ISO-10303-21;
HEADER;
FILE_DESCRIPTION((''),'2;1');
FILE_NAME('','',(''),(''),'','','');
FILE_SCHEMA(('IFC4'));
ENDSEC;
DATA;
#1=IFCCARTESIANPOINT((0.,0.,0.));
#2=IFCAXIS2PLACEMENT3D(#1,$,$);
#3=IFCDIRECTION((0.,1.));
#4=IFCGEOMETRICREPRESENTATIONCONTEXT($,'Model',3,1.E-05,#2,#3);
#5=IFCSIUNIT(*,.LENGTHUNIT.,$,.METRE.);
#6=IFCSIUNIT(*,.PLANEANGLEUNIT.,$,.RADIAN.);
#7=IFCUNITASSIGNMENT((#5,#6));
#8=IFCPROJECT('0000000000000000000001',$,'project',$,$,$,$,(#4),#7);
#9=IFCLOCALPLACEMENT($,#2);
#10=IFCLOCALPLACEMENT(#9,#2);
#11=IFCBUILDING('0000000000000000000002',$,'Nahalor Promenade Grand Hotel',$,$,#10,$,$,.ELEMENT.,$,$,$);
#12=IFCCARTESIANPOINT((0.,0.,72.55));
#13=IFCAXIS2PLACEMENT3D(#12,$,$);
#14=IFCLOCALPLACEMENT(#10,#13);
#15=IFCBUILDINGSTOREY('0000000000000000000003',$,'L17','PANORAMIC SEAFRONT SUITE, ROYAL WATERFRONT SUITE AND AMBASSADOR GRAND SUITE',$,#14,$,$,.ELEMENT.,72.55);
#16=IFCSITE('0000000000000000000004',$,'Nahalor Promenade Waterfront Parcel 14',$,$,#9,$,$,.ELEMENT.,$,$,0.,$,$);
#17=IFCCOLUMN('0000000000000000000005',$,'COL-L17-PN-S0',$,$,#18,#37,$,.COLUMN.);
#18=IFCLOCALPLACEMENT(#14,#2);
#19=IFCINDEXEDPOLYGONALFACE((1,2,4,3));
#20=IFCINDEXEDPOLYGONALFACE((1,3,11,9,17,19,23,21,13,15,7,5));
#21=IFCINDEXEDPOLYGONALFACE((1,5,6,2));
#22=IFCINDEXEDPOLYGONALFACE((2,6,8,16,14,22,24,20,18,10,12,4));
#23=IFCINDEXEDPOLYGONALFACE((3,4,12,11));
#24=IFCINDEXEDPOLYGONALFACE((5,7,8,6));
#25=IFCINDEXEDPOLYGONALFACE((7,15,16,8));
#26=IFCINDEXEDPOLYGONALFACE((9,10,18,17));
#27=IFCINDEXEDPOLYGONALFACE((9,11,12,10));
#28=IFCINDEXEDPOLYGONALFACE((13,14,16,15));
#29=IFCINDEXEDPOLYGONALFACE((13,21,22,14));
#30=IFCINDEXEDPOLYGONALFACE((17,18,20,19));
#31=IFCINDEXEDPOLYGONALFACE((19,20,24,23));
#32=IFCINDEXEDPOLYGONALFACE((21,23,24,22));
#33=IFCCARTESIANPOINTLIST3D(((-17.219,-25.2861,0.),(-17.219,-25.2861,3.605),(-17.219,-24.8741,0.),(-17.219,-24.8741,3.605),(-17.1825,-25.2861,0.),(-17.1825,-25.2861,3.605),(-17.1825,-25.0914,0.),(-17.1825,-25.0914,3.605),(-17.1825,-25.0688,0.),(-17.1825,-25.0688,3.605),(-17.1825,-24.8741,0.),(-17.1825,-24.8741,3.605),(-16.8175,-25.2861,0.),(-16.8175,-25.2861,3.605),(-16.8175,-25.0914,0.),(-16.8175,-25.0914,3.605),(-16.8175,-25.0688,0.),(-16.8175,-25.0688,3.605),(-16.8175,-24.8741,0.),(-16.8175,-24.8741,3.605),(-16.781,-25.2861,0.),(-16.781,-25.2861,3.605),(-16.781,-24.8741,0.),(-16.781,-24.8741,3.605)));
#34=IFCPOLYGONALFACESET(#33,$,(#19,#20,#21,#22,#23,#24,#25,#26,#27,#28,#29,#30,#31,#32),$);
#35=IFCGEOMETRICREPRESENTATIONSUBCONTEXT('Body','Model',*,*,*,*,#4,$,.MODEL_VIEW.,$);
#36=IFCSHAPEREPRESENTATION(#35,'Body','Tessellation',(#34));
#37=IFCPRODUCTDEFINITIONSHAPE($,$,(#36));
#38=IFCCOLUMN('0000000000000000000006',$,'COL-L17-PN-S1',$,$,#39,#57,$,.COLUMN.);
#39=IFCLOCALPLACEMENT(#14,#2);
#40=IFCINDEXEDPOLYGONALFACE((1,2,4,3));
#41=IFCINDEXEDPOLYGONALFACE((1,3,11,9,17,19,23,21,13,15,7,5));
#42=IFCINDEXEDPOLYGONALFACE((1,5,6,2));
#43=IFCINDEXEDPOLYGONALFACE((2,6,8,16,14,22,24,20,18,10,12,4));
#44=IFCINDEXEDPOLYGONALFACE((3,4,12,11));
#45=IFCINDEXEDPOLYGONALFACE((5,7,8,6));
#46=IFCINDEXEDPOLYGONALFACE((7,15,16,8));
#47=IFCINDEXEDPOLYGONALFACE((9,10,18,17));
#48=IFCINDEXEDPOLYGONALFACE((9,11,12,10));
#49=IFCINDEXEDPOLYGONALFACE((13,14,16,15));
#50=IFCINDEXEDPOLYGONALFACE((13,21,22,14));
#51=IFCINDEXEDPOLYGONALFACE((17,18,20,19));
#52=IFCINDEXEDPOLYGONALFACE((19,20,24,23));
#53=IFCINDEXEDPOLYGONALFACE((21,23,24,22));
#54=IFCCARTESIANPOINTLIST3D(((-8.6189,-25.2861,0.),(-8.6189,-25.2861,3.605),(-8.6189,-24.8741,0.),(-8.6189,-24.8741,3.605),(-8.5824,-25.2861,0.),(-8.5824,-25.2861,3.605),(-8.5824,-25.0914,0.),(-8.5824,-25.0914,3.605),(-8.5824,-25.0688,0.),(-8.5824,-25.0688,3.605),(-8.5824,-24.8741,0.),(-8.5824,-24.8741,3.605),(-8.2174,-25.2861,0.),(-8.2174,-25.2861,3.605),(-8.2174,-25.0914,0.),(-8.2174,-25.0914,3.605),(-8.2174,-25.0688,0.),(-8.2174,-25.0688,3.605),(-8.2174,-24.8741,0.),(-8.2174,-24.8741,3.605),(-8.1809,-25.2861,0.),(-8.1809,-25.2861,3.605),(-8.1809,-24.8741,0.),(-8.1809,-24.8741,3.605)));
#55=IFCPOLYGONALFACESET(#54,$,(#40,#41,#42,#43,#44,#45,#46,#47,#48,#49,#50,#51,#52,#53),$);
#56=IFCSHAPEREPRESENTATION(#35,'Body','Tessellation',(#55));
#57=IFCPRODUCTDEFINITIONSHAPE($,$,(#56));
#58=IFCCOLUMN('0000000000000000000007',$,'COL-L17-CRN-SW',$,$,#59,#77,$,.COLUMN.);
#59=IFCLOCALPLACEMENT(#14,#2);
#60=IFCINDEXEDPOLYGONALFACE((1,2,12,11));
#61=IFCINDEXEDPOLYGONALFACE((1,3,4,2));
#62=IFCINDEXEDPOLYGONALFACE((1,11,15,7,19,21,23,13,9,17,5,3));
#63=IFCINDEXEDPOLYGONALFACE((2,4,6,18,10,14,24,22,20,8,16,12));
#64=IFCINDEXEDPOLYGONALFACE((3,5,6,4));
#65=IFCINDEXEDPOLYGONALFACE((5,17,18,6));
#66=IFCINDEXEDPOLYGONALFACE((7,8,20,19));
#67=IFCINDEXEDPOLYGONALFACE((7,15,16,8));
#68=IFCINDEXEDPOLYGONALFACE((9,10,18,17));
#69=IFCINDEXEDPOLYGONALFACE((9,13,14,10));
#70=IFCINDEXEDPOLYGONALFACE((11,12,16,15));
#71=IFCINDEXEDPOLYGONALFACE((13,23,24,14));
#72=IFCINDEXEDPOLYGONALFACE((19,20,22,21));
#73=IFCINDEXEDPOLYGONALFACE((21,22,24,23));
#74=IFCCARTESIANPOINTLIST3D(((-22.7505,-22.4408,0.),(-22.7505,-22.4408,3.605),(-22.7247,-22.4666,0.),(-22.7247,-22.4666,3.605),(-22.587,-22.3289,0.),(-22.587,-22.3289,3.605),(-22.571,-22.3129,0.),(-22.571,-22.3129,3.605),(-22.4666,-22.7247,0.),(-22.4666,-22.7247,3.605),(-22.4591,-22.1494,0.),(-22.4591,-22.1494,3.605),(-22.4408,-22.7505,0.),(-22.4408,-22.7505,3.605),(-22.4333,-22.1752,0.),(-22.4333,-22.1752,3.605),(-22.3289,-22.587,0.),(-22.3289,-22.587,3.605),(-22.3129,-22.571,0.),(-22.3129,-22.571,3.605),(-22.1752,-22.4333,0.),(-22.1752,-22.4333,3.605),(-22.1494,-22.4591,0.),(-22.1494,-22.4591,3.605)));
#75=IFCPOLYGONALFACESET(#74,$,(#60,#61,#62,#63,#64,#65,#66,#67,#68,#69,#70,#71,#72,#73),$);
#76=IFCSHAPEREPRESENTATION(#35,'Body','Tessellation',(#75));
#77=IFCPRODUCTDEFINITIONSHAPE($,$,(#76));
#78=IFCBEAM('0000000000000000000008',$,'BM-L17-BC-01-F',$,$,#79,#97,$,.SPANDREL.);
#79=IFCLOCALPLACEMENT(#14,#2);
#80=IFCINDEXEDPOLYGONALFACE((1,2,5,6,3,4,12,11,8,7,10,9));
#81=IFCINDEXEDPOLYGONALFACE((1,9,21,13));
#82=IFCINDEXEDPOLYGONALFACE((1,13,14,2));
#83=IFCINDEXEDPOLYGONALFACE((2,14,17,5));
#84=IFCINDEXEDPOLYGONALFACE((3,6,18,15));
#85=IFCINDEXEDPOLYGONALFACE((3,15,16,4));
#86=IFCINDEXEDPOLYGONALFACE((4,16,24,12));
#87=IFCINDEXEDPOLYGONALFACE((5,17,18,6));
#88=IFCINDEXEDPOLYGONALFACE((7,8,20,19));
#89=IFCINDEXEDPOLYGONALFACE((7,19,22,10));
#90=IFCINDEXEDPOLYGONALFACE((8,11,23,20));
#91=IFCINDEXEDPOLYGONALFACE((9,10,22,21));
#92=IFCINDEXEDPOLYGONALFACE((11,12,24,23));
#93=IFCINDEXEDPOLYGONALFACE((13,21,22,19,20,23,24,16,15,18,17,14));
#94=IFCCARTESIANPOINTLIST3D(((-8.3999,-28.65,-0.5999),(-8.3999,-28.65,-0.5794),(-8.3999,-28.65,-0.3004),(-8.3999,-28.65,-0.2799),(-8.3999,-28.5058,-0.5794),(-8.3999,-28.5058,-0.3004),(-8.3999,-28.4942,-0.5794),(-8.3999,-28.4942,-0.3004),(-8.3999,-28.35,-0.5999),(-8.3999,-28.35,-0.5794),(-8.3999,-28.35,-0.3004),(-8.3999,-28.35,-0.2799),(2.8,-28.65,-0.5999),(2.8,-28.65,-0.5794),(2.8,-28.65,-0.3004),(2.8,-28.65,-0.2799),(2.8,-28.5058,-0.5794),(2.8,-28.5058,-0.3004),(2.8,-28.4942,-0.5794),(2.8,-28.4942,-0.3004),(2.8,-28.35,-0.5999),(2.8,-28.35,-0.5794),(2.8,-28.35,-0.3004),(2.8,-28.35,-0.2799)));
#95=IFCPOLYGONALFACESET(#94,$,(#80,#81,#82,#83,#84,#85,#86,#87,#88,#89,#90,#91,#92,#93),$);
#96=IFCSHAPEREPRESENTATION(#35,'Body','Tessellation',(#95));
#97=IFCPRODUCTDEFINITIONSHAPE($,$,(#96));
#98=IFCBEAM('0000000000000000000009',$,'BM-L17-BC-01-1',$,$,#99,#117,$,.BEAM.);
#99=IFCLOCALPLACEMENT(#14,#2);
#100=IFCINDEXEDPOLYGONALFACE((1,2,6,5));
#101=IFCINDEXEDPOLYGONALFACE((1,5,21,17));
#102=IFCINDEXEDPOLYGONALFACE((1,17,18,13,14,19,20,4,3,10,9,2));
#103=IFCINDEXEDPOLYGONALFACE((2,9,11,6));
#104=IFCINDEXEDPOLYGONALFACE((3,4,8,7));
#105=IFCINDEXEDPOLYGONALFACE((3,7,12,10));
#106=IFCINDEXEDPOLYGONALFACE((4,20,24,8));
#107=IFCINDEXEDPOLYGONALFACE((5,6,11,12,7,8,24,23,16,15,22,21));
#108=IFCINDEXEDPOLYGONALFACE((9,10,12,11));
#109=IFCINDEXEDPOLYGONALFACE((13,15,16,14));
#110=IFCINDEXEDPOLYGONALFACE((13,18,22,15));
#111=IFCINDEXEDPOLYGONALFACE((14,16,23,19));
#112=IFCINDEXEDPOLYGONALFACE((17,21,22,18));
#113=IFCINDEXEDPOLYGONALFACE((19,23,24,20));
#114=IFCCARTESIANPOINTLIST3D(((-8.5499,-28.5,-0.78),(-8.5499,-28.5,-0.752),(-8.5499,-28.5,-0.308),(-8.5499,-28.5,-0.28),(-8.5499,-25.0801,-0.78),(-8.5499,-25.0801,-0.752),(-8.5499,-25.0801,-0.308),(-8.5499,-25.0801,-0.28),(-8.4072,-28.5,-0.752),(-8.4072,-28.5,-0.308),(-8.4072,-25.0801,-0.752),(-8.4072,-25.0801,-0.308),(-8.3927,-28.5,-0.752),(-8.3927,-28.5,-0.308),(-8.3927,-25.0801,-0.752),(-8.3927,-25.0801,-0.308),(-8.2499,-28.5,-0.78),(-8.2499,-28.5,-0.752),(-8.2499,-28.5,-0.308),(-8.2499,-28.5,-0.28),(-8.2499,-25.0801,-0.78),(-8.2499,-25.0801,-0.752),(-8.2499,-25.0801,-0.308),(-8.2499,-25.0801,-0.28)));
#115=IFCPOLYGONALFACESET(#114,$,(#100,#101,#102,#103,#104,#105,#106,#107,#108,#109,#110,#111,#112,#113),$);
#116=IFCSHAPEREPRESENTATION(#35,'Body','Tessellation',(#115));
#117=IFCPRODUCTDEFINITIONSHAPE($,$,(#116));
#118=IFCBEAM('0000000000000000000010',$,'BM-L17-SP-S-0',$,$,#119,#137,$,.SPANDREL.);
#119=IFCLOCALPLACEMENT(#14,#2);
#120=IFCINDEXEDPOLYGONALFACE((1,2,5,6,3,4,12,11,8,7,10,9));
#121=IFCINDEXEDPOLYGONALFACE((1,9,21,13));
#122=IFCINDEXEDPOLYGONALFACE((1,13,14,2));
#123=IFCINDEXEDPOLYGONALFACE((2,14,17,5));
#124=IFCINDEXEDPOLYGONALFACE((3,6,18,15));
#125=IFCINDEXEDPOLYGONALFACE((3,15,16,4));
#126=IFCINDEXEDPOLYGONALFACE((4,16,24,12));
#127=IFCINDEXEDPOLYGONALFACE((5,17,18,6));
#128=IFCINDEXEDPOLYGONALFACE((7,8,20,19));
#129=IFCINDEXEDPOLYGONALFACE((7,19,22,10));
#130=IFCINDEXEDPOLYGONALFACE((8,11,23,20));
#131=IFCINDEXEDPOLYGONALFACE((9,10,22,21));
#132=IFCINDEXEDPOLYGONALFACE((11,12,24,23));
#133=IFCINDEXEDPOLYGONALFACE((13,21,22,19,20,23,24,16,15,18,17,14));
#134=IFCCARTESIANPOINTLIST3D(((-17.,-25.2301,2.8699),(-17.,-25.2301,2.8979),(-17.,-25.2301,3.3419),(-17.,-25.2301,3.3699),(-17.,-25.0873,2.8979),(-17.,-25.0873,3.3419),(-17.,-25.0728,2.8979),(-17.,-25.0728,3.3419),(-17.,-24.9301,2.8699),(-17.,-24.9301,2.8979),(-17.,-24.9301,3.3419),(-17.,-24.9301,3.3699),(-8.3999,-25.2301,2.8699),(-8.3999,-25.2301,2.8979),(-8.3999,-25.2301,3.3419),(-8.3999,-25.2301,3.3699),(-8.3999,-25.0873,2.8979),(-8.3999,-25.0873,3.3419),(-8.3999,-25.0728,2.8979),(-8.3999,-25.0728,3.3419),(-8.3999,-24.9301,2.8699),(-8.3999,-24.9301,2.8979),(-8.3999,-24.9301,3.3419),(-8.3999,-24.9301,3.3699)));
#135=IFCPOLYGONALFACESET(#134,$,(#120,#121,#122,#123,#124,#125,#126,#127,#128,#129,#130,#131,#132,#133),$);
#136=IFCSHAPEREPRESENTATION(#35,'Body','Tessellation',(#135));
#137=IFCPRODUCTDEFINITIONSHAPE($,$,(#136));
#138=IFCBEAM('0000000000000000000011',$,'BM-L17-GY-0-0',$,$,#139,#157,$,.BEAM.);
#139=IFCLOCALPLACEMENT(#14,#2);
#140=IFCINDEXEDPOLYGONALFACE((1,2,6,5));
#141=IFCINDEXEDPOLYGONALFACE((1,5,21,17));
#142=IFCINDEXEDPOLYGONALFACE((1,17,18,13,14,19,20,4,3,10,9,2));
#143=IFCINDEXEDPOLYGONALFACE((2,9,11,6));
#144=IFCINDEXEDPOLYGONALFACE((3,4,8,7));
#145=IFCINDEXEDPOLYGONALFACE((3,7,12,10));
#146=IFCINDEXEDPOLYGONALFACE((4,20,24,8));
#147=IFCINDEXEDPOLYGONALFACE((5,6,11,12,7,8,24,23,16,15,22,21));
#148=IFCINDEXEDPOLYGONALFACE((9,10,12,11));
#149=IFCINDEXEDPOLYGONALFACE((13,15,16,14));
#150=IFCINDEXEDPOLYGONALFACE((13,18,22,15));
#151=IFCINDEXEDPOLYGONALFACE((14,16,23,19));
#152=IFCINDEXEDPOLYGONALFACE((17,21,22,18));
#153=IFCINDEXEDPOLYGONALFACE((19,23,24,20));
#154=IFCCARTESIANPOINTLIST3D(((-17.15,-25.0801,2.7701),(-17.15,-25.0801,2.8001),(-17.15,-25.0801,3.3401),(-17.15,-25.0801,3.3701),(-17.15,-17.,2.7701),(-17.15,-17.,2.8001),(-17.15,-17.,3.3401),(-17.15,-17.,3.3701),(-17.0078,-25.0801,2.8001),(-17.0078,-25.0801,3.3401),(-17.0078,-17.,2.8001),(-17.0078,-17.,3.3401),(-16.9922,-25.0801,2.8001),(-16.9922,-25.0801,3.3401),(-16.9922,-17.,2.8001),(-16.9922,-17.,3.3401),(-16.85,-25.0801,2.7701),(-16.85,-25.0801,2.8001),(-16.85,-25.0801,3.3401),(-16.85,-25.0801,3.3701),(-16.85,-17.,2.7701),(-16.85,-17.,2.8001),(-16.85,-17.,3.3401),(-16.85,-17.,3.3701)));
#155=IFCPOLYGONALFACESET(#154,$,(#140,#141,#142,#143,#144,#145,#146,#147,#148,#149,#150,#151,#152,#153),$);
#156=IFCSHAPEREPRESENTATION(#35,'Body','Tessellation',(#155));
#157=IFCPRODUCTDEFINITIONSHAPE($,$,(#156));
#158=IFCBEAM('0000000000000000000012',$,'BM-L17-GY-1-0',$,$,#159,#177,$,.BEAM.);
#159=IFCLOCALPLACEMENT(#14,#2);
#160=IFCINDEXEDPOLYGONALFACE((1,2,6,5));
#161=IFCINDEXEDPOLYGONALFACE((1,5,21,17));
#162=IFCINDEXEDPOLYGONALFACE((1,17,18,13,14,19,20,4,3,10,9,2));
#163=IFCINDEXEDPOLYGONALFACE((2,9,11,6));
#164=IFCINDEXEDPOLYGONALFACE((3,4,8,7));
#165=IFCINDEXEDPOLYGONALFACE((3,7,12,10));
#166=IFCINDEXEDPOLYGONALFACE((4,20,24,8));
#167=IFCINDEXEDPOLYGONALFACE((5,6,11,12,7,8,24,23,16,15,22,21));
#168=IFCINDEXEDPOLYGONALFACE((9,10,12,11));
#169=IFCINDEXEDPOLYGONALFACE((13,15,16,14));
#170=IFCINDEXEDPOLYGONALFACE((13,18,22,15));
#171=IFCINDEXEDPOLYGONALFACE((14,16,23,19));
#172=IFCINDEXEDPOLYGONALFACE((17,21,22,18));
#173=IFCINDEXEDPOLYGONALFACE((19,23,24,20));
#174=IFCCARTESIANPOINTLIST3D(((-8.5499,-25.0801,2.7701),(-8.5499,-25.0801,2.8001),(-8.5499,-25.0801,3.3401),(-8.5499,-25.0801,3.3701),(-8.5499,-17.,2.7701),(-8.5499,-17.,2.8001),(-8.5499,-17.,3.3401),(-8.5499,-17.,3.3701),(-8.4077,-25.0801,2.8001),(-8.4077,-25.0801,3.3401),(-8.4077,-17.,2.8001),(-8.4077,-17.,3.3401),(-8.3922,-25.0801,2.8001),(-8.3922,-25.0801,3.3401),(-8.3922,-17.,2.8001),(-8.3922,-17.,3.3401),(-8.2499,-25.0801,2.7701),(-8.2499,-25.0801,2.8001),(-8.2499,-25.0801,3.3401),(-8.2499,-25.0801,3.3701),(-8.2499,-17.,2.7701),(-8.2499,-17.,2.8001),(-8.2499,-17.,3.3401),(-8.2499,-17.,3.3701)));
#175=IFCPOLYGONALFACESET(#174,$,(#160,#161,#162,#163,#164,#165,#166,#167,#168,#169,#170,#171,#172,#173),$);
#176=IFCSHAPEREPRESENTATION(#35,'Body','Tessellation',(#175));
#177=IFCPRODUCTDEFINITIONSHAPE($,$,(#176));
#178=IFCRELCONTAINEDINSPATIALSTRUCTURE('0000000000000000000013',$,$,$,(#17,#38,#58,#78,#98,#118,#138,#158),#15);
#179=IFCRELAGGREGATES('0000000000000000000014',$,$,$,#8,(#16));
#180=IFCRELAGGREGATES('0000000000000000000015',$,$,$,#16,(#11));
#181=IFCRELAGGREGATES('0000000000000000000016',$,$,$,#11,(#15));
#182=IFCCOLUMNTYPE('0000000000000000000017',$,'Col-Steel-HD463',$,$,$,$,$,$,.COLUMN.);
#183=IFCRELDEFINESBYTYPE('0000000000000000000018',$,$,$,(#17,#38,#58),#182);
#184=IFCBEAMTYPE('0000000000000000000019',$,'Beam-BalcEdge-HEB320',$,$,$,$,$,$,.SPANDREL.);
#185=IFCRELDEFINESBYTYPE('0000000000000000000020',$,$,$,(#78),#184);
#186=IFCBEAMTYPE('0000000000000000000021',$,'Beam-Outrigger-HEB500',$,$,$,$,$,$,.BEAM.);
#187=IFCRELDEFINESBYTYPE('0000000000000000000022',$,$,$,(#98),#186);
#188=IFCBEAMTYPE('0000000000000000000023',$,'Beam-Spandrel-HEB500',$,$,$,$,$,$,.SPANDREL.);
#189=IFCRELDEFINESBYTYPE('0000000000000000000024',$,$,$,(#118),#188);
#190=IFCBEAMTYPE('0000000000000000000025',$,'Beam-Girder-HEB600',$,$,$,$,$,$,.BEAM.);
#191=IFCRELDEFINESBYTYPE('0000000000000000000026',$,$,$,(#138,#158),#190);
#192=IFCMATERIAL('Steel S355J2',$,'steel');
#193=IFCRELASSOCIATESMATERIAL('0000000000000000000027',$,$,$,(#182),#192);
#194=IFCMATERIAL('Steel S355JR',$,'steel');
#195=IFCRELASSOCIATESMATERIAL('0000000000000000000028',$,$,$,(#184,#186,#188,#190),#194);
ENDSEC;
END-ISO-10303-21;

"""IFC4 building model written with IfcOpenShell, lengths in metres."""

from ifc_helpers import new_model, si_unit, direction, frame, origin, origin_2d, place, context, subcontext, project, spatial, i_section, extrude, source, transform, mapped, material, material_profile, profile_set, type_object, element, save


model = new_model("IFC4")

# Units and contexts
model_context = context("Model", 3, precision=1e-05, world=origin(), true_north=direction((0.0, 1.0)))
body_context = subcontext(model_context, "Body", "Model", "MODEL_VIEW")
ifc_project = project(units=[si_unit("LENGTHUNIT", "METRE"), si_unit("PLANEANGLEUNIT", "RADIAN")], contexts=[model_context])

# Site, building, storey
site_placement = place(None, origin())
site = spatial("IfcSite", under=ifc_project, at=site_placement, Name="Nahalor Promenade Waterfront Parcel 14", CompositionType="ELEMENT", RefElevation=0.0)
building_placement = place(site_placement, origin())
building = spatial("IfcBuilding", under=site, at=building_placement, Name="Nahalor Promenade Grand Hotel", CompositionType="ELEMENT")
storey_placement = place(building_placement, frame((0.0, 0.0, 72.55)))
storey = spatial("IfcBuildingStorey", under=building, at=storey_placement, Name="L17", Description="PANORAMIC SEAFRONT SUITE, ROYAL WATERFRONT SUITE AND AMBASSADOR GRAND SUITE", CompositionType="ELEMENT", Elevation=72.55)

# Columns
ifc_material_1 = material(Name="Steel S355J2", Category="steel")
ifc_material_profile_1 = material_profile(ifc_material_1, i_section(OverallWidth=0.412, OverallDepth=0.438, WebThickness=0.0226, FlangeThickness=0.0365, at=origin_2d()), Name="HD 400x463")
ifc_profile_set_1 = profile_set([ifc_material_profile_1], Name="Steel S355J2")
column_type = type_object("IfcColumnType", Name="Col-Steel-HD463", PredefinedType="COLUMN", material=ifc_profile_set_1)
shared_shape_1 = source(origin(), body_context, "Body", "SweptSolid", [
    extrude(i_section(OverallWidth=0.412, OverallDepth=0.438, WebThickness=0.0226, FlangeThickness=0.0365, at=origin_2d()), origin(), (0.0, 0.0, 1.0), 3.605),
])
for number, where, z_axis, x_axis, name in (
    (1, (-17.0, -25.0801, 0.0), (0.0, 0.0, 1.0), (0.0, 1.0, 0.0), "COL-L17-PN-S0"),
    (2, (-8.3999, -25.0801, 0.0), (0.0, 0.0, 1.0), (0.0, 1.0, 0.0), "COL-L17-PN-S1"),
    (3, (-22.45, -22.45, 0.0), (0.0, 0.0, 1.0), (0.707107, 0.707107, 0.0), "COL-L17-CRN-SW"),
):
    element("IfcColumn", number, at=place(storey_placement, frame(where, z_axis=z_axis, x_axis=x_axis)), inside=storey, type_object=column_type, Name=name, PredefinedType="COLUMN", context=body_context, shape_type="MappedRepresentation", body=[
        mapped(shared_shape_1, transform((0.0, 0.0, 0.0), scale=1.0)),
    ])

# Beams
ifc_material_2 = material(Name="Steel S355JR", Category="steel")
ifc_material_profile_2 = material_profile(ifc_material_2, i_section(OverallWidth=0.3, OverallDepth=0.32, WebThickness=0.0115, FlangeThickness=0.0205, at=origin_2d()), Name="HEB 320")
ifc_profile_set_2 = profile_set([ifc_material_profile_2], Name="Steel S355JR")
beam_type_1 = type_object("IfcBeamType", Name="Beam-BalcEdge-HEB320", PredefinedType="SPANDREL", material=ifc_profile_set_2)
shared_shape_2 = source(origin(), body_context, "Body", "SweptSolid", [
    extrude(i_section(OverallWidth=0.3, OverallDepth=0.32, WebThickness=0.0115, FlangeThickness=0.0205, at=origin_2d()), origin(), (0.0, 0.0, 1.0), 11.2),
])
beam_1_placement = place(storey_placement, frame((-8.3999, -28.5, -0.4399), z_axis=(1.0, 0.0, 0.0), x_axis=(0.0, 1.0, 0.0)))
element("IfcBeam", 4, at=beam_1_placement, inside=storey, type_object=beam_type_1, Name="BM-L17-BC-01-F", PredefinedType="SPANDREL", context=body_context, shape_type="MappedRepresentation", body=[
    mapped(shared_shape_2, transform((0.0, 0.0, 0.0), scale=1.0)),
])
ifc_material_profile_3 = material_profile(ifc_material_2, i_section(OverallWidth=0.3, OverallDepth=0.5, WebThickness=0.0145, FlangeThickness=0.028, at=origin_2d()), Name="HEB 500")
ifc_profile_set_3 = profile_set([ifc_material_profile_3], Name="Steel S355JR")
beam_type_2 = type_object("IfcBeamType", Name="Beam-Outrigger-HEB500", PredefinedType="BEAM", material=ifc_profile_set_3)
shared_shape_3 = source(origin(), body_context, "Body", "SweptSolid", [
    extrude(i_section(OverallWidth=0.3, OverallDepth=0.5, WebThickness=0.0145, FlangeThickness=0.028, at=origin_2d()), origin(), (0.0, 0.0, 1.0), 3.4199),
])
beam_2_placement = place(storey_placement, frame((-8.3999, -28.5, -0.53), z_axis=(0.0, 1.0, 0.0), x_axis=(-1.0, 0.0, 0.0)))
element("IfcBeam", 5, at=beam_2_placement, inside=storey, type_object=beam_type_2, Name="BM-L17-BC-01-1", PredefinedType="BEAM", context=body_context, shape_type="MappedRepresentation", body=[
    mapped(shared_shape_3, transform((0.0, 0.0, 0.0), scale=1.0)),
])
ifc_material_profile_4 = material_profile(ifc_material_2, i_section(OverallWidth=0.3, OverallDepth=0.5, WebThickness=0.0145, FlangeThickness=0.028, at=origin_2d()), Name="HEB 500")
ifc_profile_set_4 = profile_set([ifc_material_profile_4], Name="Steel S355JR")
beam_type_3 = type_object("IfcBeamType", Name="Beam-Spandrel-HEB500", PredefinedType="SPANDREL", material=ifc_profile_set_4)
shared_shape_4 = source(origin(), body_context, "Body", "SweptSolid", [
    extrude(i_section(OverallWidth=0.3, OverallDepth=0.5, WebThickness=0.0145, FlangeThickness=0.028, at=origin_2d()), origin(), (0.0, 0.0, 1.0), 8.6001),
])
beam_3_placement = place(storey_placement, frame((-17.0, -25.0801, 3.1199), z_axis=(1.0, 0.0, 0.0), x_axis=(0.0, 1.0, 0.0)))
element("IfcBeam", 6, at=beam_3_placement, inside=storey, type_object=beam_type_3, Name="BM-L17-SP-S-0", PredefinedType="SPANDREL", context=body_context, shape_type="MappedRepresentation", body=[
    mapped(shared_shape_4, transform((0.0, 0.0, 0.0), scale=1.0)),
])
ifc_material_profile_5 = material_profile(ifc_material_2, i_section(OverallWidth=0.3, OverallDepth=0.6, WebThickness=0.0155, FlangeThickness=0.03, at=origin_2d()), Name="HEB 600")
ifc_profile_set_5 = profile_set([ifc_material_profile_5], Name="Steel S355JR")
beam_type_4 = type_object("IfcBeamType", Name="Beam-Girder-HEB600", PredefinedType="BEAM", material=ifc_profile_set_5)
shared_shape_5 = source(origin(), body_context, "Body", "SweptSolid", [
    extrude(i_section(OverallWidth=0.3, OverallDepth=0.6, WebThickness=0.0155, FlangeThickness=0.03, at=origin_2d()), origin(), (0.0, 0.0, 1.0), 8.0801),
])
for number, where, z_axis, x_axis, name in (
    (7, (-17.0, -25.0801, 3.0701), (0.0, 1.0, 0.0), (-1.0, 0.0, 0.0), "BM-L17-GY-0-0"),
    (8, (-8.3999, -25.0801, 3.0701), (0.0, 1.0, 0.0), (-1.0, 0.0, 0.0), "BM-L17-GY-1-0"),
):
    element("IfcBeam", number, at=place(storey_placement, frame(where, z_axis=z_axis, x_axis=x_axis)), inside=storey, type_object=beam_type_4, Name=name, PredefinedType="BEAM", context=body_context, shape_type="MappedRepresentation", body=[
        mapped(shared_shape_5, transform((0.0, 0.0, 0.0), scale=1.0)),
    ])

save(model, "model.ifc")
